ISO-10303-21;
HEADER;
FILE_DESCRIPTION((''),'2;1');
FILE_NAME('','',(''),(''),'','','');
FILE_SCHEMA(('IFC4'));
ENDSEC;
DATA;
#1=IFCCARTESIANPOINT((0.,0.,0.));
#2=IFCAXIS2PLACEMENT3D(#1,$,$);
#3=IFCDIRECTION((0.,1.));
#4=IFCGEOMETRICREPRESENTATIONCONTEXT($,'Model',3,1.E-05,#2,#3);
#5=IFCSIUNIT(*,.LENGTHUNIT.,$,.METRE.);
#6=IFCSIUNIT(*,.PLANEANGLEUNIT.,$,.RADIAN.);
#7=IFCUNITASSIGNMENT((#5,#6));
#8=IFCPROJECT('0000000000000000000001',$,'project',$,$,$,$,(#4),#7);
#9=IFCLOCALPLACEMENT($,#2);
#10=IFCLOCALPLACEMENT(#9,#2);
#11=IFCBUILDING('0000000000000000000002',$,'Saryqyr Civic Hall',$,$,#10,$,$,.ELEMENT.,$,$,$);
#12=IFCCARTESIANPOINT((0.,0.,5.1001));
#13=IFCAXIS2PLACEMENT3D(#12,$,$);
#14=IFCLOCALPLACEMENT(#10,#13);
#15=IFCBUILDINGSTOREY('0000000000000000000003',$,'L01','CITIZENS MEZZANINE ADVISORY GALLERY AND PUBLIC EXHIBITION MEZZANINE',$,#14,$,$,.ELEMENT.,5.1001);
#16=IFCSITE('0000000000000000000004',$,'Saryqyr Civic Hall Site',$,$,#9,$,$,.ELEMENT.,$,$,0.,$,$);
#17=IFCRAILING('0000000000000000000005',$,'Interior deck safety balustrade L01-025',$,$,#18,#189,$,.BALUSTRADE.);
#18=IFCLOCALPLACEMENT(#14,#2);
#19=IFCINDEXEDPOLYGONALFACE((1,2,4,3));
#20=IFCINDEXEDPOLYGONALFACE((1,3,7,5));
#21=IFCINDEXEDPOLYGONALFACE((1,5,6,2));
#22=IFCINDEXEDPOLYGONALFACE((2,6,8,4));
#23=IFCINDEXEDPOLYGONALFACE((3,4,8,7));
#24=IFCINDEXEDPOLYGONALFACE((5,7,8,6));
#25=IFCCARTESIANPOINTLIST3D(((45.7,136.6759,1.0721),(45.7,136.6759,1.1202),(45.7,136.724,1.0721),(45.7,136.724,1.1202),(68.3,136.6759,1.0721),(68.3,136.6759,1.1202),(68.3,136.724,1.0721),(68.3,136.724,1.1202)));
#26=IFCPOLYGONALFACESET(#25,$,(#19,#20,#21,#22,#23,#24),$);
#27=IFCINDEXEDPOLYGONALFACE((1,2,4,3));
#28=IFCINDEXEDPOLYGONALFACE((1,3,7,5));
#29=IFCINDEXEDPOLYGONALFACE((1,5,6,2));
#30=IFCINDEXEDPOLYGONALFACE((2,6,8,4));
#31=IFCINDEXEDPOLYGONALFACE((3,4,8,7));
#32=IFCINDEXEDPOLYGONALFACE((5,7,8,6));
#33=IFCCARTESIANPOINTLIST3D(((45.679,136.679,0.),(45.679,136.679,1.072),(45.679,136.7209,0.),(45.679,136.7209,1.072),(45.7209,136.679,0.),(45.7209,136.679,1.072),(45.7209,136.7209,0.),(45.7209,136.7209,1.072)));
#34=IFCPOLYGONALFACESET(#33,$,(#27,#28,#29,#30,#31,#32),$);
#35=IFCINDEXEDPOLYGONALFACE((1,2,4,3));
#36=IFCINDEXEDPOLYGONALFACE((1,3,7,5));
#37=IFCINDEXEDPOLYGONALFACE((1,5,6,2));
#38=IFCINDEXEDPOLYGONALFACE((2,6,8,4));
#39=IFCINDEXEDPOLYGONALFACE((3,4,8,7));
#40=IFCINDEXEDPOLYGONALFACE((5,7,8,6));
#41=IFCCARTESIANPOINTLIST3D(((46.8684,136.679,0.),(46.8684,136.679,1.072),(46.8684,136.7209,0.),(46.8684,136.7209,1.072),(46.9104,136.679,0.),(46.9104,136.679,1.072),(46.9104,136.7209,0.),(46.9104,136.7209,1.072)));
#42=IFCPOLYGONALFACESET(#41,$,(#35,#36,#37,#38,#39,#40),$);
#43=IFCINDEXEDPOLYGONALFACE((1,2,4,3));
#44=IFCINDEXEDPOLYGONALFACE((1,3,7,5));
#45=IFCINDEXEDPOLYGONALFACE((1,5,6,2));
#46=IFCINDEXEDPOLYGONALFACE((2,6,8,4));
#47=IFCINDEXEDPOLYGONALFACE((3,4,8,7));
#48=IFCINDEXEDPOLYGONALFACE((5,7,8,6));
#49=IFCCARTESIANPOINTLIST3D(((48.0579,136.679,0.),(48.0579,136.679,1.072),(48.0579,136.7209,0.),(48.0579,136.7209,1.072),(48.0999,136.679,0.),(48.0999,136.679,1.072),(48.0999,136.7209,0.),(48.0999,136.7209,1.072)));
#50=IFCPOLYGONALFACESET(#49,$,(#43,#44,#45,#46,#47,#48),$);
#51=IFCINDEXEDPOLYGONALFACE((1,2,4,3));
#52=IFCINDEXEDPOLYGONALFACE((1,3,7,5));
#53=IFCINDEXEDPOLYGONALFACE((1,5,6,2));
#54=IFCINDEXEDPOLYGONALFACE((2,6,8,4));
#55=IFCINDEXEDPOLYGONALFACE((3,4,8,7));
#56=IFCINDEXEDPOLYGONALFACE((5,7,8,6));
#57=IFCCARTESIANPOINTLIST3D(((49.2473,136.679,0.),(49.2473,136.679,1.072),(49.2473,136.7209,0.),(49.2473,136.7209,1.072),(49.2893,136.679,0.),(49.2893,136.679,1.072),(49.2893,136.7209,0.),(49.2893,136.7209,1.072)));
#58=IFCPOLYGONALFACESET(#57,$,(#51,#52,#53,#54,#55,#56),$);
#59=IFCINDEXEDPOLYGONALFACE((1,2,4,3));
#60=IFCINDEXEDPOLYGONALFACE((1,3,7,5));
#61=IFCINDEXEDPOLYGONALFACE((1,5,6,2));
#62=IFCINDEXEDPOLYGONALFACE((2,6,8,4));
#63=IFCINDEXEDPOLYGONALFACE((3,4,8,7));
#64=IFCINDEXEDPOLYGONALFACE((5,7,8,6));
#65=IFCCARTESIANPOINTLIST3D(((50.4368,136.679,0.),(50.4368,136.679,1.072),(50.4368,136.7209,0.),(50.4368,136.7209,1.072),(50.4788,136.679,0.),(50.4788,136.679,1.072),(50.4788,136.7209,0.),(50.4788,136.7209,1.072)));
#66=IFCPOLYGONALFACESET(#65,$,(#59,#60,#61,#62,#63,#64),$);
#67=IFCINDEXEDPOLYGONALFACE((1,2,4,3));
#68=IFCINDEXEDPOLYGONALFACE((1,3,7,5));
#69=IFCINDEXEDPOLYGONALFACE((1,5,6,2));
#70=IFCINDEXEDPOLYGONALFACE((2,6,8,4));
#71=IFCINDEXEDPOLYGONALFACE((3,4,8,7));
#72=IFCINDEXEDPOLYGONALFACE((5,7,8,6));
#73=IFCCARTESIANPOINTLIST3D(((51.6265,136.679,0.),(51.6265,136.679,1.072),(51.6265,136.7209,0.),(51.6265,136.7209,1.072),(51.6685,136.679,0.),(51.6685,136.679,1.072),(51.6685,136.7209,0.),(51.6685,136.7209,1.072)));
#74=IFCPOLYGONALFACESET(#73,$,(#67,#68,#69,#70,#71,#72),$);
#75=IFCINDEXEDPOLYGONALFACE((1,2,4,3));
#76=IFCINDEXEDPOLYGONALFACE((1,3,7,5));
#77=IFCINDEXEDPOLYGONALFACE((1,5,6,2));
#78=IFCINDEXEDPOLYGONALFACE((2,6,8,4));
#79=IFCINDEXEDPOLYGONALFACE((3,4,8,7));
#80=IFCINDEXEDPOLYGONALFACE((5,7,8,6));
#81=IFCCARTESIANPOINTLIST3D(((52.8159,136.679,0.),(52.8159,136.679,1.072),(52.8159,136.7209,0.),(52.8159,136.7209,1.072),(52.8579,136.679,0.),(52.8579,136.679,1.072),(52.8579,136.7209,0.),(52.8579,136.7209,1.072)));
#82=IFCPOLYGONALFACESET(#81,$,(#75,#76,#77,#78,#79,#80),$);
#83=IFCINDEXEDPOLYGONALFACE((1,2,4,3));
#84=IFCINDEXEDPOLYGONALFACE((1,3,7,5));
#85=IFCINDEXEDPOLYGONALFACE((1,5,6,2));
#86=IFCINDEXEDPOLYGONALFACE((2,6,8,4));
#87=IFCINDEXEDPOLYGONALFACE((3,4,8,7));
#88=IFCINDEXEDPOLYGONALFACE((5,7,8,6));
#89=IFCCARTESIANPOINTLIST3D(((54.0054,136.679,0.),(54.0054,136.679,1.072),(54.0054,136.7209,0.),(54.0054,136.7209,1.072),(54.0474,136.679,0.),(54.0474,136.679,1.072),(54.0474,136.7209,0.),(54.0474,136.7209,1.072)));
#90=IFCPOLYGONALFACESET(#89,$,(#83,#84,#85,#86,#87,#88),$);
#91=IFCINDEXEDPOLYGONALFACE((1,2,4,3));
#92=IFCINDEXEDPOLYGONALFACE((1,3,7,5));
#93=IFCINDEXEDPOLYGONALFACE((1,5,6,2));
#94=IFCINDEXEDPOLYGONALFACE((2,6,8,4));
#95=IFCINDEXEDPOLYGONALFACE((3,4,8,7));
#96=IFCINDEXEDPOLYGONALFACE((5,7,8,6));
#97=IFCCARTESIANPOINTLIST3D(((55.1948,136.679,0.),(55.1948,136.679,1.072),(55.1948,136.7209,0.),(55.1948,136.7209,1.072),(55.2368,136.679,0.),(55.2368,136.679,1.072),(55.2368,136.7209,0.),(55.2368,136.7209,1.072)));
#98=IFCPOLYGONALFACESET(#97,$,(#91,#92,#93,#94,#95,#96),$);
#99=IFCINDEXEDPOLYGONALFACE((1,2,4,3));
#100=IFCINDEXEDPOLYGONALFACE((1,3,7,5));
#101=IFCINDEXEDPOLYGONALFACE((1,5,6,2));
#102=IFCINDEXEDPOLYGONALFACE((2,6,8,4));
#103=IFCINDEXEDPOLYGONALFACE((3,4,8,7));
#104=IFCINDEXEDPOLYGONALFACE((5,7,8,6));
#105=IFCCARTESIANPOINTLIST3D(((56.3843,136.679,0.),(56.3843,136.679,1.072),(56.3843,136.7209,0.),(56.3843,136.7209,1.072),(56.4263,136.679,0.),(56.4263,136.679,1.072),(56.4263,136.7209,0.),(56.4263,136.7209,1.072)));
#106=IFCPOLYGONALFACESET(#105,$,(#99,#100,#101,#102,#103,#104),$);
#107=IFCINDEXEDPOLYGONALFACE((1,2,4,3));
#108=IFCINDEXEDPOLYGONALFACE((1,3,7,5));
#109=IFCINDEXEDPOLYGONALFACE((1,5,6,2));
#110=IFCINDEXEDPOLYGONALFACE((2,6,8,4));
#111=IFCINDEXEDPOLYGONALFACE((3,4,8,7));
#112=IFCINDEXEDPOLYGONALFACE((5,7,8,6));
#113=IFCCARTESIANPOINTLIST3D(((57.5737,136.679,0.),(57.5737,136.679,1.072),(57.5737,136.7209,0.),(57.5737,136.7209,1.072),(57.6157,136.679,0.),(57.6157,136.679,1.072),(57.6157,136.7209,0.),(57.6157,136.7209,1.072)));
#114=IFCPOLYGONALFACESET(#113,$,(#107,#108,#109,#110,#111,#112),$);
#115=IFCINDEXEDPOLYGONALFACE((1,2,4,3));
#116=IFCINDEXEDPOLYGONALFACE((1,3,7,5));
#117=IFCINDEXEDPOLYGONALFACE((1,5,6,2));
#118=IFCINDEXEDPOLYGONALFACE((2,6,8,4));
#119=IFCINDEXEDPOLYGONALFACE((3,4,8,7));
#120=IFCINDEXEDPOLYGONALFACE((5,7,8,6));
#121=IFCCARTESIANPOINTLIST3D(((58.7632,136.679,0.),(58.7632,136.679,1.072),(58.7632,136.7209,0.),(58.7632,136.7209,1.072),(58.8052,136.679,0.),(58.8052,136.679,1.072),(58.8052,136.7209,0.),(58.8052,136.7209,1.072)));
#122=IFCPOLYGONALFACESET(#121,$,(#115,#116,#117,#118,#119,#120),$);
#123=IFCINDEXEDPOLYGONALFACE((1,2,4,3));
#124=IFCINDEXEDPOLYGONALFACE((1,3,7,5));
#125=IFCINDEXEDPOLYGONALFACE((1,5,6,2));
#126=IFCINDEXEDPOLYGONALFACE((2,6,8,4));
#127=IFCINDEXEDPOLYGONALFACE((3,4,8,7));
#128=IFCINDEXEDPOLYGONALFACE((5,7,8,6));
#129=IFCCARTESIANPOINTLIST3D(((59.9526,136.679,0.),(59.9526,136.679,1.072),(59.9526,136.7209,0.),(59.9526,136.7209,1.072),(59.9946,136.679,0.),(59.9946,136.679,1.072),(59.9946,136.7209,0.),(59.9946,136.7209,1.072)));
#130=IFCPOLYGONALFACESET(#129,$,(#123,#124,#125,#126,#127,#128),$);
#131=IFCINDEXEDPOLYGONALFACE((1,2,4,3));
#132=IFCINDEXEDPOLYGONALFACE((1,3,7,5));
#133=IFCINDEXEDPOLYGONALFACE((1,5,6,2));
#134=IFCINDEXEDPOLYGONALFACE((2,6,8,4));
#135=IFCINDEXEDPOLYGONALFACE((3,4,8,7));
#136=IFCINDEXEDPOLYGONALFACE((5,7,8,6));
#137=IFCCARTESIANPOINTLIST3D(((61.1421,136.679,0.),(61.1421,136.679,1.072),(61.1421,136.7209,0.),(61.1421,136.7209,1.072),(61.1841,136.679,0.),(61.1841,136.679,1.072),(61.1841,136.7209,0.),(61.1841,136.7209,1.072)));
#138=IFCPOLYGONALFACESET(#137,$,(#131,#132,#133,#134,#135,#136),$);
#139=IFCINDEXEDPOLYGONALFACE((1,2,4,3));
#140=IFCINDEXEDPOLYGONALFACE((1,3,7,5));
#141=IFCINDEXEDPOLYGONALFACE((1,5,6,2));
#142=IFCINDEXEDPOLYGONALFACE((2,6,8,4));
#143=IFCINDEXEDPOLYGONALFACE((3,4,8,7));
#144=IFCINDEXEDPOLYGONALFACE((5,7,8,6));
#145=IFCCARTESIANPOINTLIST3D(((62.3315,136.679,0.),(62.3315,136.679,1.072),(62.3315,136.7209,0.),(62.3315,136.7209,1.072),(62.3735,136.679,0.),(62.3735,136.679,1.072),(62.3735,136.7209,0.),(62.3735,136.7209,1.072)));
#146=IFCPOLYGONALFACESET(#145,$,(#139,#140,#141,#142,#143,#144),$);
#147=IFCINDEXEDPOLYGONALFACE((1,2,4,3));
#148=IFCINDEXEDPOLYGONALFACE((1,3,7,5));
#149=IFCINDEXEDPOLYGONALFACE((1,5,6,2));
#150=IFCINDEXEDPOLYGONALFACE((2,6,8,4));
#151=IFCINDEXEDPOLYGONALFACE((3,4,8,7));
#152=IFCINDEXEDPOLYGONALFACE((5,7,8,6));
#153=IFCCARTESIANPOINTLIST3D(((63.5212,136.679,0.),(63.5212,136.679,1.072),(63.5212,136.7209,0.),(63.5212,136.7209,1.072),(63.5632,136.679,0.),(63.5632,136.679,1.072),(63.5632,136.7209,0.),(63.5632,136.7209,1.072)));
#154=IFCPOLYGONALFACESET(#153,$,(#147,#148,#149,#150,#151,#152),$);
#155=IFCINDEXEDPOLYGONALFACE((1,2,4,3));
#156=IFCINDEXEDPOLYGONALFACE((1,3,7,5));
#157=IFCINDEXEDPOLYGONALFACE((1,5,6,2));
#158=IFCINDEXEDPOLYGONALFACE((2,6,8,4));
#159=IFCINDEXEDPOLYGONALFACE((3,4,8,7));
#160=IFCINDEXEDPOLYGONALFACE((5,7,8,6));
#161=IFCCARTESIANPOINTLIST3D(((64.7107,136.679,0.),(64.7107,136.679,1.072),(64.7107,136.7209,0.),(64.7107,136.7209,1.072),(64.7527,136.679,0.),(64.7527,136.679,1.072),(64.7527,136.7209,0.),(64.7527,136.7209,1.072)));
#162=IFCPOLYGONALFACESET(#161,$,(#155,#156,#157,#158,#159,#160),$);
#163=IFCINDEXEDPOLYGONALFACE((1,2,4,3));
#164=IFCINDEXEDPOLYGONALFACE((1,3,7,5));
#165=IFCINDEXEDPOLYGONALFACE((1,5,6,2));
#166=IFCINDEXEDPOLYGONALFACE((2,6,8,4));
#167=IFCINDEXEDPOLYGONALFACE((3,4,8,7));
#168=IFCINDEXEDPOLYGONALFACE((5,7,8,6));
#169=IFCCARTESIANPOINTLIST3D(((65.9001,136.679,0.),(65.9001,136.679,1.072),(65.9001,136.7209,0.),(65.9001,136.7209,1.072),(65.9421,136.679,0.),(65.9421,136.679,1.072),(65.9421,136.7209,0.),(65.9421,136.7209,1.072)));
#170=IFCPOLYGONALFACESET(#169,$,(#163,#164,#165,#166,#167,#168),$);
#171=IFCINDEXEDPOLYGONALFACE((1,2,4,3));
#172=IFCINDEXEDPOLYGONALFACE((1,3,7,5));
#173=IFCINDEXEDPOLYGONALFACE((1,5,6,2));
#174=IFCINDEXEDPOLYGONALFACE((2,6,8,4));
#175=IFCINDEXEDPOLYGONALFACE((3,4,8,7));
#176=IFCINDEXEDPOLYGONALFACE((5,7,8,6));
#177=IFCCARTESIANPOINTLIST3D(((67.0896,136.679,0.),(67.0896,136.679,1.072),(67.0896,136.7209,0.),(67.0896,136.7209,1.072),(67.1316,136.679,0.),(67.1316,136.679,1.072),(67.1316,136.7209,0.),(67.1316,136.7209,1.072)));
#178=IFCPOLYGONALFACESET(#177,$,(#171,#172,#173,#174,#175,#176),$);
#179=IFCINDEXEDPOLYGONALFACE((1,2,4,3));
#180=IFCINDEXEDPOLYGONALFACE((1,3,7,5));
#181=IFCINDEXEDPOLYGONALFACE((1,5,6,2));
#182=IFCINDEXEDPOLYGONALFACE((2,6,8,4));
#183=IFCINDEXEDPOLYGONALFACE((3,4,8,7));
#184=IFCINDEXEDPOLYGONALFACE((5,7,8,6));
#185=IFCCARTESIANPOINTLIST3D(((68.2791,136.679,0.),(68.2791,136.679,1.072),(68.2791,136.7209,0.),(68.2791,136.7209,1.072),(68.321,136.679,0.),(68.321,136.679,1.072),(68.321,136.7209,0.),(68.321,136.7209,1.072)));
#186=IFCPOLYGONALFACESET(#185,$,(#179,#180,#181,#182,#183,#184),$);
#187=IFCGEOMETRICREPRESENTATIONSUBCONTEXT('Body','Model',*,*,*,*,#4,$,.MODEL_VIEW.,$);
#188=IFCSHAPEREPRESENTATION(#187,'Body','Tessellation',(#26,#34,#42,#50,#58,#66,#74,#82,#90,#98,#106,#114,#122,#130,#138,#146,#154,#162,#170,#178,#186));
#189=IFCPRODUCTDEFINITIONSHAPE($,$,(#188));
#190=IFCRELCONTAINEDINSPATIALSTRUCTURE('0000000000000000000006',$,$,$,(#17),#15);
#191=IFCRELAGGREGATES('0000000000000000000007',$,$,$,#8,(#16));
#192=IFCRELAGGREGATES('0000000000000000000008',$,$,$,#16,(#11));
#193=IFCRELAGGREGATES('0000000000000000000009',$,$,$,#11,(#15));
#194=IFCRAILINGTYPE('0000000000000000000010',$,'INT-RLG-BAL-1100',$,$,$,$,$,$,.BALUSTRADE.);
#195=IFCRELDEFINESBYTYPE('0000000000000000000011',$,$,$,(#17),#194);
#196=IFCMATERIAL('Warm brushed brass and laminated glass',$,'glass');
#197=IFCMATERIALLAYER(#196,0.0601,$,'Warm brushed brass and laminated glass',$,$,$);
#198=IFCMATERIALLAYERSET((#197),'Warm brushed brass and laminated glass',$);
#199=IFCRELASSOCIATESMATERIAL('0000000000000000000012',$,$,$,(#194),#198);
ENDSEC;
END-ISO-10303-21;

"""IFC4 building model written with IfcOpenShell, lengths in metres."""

from ifc_helpers import new_model, si_unit, direction, frame, origin, origin_2d, place, context, subcontext, project, spatial, rectangle, extrude, material, layer, layer_set, type_object, element, save


model = new_model("IFC4")

# Units and contexts
model_context = context("Model", 3, precision=1e-05, world=origin(), true_north=direction((0.0, 1.0)))
body_context = subcontext(model_context, "Body", "Model", "MODEL_VIEW")
ifc_project = project(units=[si_unit("LENGTHUNIT", "METRE"), si_unit("PLANEANGLEUNIT", "RADIAN")], contexts=[model_context])

# Site, building, storey
site_placement = place(None, origin())
site = spatial("IfcSite", under=ifc_project, at=site_placement, Name="Saryqyr Civic Hall Site", CompositionType="ELEMENT", RefElevation=0.0)
building_placement = place(site_placement, origin())
building = spatial("IfcBuilding", under=site, at=building_placement, Name="Saryqyr Civic Hall", CompositionType="ELEMENT")
storey_placement = place(building_placement, frame((0.0, 0.0, 5.1001)))
storey = spatial("IfcBuildingStorey", under=building, at=storey_placement, Name="L01", Description="CITIZENS MEZZANINE ADVISORY GALLERY AND PUBLIC EXHIBITION MEZZANINE", CompositionType="ELEMENT", Elevation=5.1001)

# Railing
ifc_material_1 = material(Name="Warm brushed brass and laminated glass", Category="glass")
ifc_layer_1 = layer(ifc_material_1, 0.0601, Name="Warm brushed brass and laminated glass")
ifc_layer_set_1 = layer_set([ifc_layer_1], Name="Warm brushed brass and laminated glass")
railing_type = type_object("IfcRailingType", Name="INT-RLG-BAL-1100", PredefinedType="BALUSTRADE", material=ifc_layer_set_1)
railing_placement = place(storey_placement, frame((45.7, 136.7, 0.0)))
element("IfcRailing", 1, at=railing_placement, inside=storey, type_object=railing_type, Name="Interior deck safety balustrade L01-025", PredefinedType="BALUSTRADE", context=body_context, shape_type="SweptSolid", body=[
    extrude(rectangle(XDim=0.0481, YDim=0.0481, at=origin_2d()), frame((0.0, 0.0, 1.0962), z_axis=(1.0, 0.0, 0.0), x_axis=(0.0, 1.0, 0.0)), (0.0, 0.0, 1.0), 22.6001),
    extrude(rectangle(XDim=0.042, YDim=0.042, at=origin_2d()), origin(), (0.0, 0.0, 1.0), 1.072),
    extrude(rectangle(XDim=0.042, YDim=0.042, at=origin_2d()), frame((1.1895, 0.0, 0.0)), (0.0, 0.0, 1.0), 1.072),
    extrude(rectangle(XDim=0.042, YDim=0.042, at=origin_2d()), frame((2.3789, 0.0, 0.0)), (0.0, 0.0, 1.0), 1.072),
    extrude(rectangle(XDim=0.042, YDim=0.042, at=origin_2d()), frame((3.5684, 0.0, 0.0)), (0.0, 0.0, 1.0), 1.072),
    extrude(rectangle(XDim=0.042, YDim=0.042, at=origin_2d()), frame((4.7578, 0.0, 0.0)), (0.0, 0.0, 1.0), 1.072),
    extrude(rectangle(XDim=0.042, YDim=0.042, at=origin_2d()), frame((5.9475, 0.0, 0.0)), (0.0, 0.0, 1.0), 1.072),
    extrude(rectangle(XDim=0.042, YDim=0.042, at=origin_2d()), frame((7.137, 0.0, 0.0)), (0.0, 0.0, 1.0), 1.072),
    extrude(rectangle(XDim=0.042, YDim=0.042, at=origin_2d()), frame((8.3264, 0.0, 0.0)), (0.0, 0.0, 1.0), 1.072),
    extrude(rectangle(XDim=0.042, YDim=0.042, at=origin_2d()), frame((9.5159, 0.0, 0.0)), (0.0, 0.0, 1.0), 1.072),
    extrude(rectangle(XDim=0.042, YDim=0.042, at=origin_2d()), frame((10.7053, 0.0, 0.0)), (0.0, 0.0, 1.0), 1.072),
    extrude(rectangle(XDim=0.042, YDim=0.042, at=origin_2d()), frame((11.8948, 0.0, 0.0)), (0.0, 0.0, 1.0), 1.072),
    extrude(rectangle(XDim=0.042, YDim=0.042, at=origin_2d()), frame((13.0842, 0.0, 0.0)), (0.0, 0.0, 1.0), 1.072),
    extrude(rectangle(XDim=0.042, YDim=0.042, at=origin_2d()), frame((14.2737, 0.0, 0.0)), (0.0, 0.0, 1.0), 1.072),
    extrude(rectangle(XDim=0.042, YDim=0.042, at=origin_2d()), frame((15.4631, 0.0, 0.0)), (0.0, 0.0, 1.0), 1.072),
    extrude(rectangle(XDim=0.042, YDim=0.042, at=origin_2d()), frame((16.6526, 0.0, 0.0)), (0.0, 0.0, 1.0), 1.072),
    extrude(rectangle(XDim=0.042, YDim=0.042, at=origin_2d()), frame((17.8423, 0.0, 0.0)), (0.0, 0.0, 1.0), 1.072),
    extrude(rectangle(XDim=0.042, YDim=0.042, at=origin_2d()), frame((19.0317, 0.0, 0.0)), (0.0, 0.0, 1.0), 1.072),
    extrude(rectangle(XDim=0.042, YDim=0.042, at=origin_2d()), frame((20.2212, 0.0, 0.0)), (0.0, 0.0, 1.0), 1.072),
    extrude(rectangle(XDim=0.042, YDim=0.042, at=origin_2d()), frame((21.4106, 0.0, 0.0)), (0.0, 0.0, 1.0), 1.072),
    extrude(rectangle(XDim=0.042, YDim=0.042, at=origin_2d()), frame((22.6001, 0.0, 0.0)), (0.0, 0.0, 1.0), 1.072),
])

save(model, "model.ifc")
